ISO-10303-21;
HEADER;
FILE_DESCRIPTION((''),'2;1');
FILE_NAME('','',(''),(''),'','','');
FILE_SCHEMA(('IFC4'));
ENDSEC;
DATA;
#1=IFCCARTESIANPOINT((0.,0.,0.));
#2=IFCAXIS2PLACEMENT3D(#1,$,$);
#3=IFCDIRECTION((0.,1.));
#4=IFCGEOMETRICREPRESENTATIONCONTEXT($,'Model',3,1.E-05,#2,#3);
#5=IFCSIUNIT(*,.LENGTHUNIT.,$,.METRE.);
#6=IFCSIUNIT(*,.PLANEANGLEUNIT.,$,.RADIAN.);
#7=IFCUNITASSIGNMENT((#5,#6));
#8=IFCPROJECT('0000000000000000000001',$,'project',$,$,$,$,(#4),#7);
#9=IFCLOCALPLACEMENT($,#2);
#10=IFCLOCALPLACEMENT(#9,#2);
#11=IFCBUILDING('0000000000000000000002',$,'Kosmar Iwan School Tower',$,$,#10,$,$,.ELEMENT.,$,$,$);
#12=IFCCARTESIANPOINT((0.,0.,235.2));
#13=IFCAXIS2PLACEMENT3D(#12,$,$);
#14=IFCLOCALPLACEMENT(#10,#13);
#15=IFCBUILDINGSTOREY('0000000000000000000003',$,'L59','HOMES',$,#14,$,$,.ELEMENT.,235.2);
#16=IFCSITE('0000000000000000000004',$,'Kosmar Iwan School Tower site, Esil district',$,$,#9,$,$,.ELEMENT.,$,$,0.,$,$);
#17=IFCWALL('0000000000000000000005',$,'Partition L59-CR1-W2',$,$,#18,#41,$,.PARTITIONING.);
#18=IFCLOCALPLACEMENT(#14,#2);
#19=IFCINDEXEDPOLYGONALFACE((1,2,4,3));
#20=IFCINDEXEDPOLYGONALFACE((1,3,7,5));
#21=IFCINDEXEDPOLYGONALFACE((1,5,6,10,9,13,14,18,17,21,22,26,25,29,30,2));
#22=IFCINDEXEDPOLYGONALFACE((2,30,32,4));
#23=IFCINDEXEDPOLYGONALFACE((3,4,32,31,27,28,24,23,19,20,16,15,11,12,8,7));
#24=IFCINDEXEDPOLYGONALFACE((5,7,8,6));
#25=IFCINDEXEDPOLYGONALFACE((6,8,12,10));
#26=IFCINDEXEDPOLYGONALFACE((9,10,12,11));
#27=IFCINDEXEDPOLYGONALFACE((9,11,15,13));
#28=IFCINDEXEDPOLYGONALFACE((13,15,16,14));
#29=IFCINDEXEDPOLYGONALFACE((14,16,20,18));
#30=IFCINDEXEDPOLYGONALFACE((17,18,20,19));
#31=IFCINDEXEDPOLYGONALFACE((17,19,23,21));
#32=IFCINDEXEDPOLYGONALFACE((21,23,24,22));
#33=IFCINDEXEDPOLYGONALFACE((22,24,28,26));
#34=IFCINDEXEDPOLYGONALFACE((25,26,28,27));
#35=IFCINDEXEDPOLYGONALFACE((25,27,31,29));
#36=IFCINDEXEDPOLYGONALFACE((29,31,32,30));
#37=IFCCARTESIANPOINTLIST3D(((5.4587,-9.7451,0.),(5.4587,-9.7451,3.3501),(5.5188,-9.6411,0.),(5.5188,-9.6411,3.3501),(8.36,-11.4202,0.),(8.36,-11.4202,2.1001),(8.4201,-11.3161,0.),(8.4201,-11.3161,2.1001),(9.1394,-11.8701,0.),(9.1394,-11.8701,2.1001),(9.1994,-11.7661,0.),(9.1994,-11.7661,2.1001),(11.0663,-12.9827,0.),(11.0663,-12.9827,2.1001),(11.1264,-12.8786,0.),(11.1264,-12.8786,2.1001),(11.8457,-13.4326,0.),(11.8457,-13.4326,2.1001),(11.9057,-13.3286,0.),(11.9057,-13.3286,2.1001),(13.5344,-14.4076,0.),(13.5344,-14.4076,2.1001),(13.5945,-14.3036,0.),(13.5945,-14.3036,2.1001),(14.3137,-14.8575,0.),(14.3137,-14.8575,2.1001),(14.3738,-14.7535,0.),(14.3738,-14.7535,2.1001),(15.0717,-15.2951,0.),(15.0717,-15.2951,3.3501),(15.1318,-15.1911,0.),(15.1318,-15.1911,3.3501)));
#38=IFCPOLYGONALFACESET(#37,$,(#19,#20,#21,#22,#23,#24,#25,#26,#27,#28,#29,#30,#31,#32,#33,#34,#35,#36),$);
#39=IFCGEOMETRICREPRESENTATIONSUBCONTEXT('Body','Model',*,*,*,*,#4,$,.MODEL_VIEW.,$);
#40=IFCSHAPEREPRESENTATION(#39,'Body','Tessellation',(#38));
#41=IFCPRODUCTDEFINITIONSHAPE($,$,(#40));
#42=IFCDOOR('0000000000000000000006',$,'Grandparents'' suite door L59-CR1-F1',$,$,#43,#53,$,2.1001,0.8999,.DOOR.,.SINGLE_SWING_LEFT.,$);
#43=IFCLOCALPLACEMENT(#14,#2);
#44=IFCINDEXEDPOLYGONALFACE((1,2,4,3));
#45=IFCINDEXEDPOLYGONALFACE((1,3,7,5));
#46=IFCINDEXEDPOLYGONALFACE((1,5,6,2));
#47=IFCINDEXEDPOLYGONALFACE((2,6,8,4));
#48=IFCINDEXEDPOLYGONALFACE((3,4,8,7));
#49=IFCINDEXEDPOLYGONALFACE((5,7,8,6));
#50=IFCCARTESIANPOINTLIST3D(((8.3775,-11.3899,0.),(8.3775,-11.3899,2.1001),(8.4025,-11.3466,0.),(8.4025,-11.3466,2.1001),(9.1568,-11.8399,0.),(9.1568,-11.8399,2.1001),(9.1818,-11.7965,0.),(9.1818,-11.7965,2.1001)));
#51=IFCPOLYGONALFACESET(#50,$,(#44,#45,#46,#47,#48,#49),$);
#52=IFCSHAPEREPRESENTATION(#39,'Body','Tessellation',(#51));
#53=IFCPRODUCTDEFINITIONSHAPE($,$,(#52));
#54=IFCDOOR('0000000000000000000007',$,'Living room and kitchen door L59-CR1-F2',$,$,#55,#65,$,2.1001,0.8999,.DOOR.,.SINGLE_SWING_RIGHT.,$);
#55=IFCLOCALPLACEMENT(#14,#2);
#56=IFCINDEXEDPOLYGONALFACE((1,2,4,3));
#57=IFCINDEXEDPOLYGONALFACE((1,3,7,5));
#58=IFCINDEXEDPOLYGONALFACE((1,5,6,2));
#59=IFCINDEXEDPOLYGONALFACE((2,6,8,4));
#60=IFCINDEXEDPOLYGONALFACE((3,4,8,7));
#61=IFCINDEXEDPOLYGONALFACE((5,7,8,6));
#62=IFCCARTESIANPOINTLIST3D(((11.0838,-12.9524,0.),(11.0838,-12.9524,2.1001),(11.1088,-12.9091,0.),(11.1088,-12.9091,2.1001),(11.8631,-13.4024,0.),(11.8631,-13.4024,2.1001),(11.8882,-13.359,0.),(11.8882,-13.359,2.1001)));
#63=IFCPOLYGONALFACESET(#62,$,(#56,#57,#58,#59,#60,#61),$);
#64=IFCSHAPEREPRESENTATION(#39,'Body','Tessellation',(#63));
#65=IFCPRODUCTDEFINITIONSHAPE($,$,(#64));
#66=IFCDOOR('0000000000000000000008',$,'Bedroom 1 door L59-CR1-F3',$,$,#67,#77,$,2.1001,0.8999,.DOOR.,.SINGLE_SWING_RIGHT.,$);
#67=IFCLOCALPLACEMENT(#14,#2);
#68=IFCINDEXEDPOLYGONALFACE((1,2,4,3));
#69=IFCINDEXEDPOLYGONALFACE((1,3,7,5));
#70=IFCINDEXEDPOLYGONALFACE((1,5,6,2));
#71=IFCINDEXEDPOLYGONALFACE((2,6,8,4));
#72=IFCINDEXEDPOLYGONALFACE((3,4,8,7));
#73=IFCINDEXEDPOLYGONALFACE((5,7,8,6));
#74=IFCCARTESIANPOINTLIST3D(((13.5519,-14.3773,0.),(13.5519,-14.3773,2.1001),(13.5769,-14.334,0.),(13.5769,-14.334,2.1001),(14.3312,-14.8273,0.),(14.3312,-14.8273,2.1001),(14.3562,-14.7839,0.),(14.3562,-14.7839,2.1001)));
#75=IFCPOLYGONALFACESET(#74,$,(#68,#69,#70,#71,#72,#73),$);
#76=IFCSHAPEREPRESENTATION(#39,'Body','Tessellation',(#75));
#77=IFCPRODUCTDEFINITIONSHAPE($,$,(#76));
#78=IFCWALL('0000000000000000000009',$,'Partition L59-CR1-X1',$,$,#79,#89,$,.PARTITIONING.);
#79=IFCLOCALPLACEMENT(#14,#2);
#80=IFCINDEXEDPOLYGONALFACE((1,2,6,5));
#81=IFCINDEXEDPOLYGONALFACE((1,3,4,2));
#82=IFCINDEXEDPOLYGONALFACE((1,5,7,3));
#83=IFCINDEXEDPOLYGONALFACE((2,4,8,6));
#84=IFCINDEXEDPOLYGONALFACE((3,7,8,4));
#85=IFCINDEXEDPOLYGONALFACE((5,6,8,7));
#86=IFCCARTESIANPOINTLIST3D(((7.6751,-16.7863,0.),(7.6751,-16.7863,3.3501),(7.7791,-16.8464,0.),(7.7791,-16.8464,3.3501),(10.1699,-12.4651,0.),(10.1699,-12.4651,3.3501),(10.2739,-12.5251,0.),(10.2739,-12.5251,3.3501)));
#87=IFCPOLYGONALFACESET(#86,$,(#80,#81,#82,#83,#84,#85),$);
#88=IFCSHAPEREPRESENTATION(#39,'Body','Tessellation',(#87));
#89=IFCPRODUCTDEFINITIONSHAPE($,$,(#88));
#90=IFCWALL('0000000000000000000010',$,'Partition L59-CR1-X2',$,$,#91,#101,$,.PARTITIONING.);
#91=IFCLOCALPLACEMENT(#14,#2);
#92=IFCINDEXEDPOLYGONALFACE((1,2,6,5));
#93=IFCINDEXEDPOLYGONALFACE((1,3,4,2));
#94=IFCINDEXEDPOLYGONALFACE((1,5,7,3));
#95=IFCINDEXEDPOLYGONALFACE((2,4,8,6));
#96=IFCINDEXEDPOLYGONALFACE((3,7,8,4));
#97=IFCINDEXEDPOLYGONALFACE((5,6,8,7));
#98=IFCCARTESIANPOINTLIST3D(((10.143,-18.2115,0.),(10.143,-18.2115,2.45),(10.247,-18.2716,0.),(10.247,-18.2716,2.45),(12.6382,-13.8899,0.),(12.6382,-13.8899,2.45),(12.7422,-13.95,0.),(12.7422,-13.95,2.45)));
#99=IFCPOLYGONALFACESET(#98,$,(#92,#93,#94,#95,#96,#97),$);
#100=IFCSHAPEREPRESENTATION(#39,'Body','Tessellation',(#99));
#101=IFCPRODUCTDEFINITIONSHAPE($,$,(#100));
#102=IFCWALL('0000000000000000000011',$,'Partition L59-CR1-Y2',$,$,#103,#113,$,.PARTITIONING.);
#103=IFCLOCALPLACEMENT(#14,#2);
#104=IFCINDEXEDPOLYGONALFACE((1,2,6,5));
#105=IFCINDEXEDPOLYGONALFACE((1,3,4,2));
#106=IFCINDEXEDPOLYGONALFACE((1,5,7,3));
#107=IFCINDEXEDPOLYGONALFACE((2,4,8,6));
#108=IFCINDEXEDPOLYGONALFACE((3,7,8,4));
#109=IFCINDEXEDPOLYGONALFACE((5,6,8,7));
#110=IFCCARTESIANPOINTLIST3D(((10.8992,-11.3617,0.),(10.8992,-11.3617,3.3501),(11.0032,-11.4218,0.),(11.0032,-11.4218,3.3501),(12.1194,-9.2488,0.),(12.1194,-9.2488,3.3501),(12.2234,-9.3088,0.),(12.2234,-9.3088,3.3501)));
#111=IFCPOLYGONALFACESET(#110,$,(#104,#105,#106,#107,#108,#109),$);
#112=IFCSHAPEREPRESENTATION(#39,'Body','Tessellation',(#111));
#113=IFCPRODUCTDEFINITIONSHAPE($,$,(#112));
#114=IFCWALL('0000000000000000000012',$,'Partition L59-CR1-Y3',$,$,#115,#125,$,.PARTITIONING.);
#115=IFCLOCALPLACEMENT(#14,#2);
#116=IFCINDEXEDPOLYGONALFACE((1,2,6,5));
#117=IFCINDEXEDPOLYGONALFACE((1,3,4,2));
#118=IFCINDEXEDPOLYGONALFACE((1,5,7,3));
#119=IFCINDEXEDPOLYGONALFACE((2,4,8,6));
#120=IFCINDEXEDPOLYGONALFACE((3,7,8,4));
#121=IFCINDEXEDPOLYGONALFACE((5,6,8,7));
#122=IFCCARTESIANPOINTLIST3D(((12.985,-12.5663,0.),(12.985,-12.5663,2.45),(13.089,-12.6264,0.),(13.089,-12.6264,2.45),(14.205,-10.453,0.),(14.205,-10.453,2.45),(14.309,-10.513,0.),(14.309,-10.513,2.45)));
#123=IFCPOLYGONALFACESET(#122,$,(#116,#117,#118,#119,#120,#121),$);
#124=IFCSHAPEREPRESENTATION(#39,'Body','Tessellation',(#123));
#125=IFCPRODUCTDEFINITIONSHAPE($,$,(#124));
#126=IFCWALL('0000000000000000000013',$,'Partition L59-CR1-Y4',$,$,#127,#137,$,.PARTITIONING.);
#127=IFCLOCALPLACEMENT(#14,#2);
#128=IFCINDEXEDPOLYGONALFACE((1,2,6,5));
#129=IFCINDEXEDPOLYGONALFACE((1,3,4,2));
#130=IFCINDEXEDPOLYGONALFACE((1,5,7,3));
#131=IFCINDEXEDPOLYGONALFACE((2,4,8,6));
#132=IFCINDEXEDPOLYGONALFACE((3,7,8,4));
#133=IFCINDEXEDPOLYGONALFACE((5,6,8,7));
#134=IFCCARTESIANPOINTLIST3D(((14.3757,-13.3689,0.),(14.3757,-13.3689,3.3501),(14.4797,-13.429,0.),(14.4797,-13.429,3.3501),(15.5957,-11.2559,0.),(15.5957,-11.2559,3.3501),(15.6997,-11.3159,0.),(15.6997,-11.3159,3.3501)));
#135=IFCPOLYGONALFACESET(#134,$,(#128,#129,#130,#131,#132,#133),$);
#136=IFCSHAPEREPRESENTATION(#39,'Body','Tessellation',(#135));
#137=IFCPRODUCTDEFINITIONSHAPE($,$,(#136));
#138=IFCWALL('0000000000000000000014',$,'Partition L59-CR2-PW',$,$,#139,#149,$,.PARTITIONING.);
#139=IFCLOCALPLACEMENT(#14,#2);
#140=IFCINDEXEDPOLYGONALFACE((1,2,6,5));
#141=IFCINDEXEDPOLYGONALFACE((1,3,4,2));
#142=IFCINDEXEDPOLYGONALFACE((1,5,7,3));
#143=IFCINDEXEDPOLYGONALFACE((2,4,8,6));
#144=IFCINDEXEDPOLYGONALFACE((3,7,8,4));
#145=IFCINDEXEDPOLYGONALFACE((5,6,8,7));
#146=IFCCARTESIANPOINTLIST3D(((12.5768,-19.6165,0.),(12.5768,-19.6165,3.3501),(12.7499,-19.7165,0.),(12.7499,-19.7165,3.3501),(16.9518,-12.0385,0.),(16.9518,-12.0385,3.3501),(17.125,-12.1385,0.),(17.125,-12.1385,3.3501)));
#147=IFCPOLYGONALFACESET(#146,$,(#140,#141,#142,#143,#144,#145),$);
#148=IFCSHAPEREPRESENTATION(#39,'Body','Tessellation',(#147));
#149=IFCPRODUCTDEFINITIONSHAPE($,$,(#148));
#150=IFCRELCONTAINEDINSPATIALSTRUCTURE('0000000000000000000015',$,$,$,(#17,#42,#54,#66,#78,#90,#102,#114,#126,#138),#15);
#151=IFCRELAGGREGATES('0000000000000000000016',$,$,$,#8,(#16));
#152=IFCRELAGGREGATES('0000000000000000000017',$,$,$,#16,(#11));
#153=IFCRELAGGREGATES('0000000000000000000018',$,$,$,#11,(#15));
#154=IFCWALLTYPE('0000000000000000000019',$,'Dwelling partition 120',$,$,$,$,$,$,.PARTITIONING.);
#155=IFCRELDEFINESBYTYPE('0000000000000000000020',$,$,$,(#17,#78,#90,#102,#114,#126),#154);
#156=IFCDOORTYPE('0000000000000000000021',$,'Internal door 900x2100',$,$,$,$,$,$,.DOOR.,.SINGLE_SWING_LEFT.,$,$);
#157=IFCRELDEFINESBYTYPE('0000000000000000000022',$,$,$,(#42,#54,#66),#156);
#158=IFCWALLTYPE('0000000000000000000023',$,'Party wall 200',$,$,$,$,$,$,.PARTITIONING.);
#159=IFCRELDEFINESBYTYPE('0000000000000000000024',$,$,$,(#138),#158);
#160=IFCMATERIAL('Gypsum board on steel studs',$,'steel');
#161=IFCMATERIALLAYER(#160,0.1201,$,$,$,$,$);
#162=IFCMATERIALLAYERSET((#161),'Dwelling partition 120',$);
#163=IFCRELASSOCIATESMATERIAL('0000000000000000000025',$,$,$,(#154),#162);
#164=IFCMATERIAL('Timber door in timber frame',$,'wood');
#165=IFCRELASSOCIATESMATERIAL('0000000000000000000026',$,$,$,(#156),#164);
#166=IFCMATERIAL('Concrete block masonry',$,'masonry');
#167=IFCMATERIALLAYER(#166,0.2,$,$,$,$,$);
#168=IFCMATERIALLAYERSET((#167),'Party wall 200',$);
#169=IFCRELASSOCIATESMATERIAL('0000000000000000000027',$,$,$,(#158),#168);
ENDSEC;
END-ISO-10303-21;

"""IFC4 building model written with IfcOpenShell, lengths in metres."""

from ifc_helpers import new_model, si_unit, direction, frame, frame_2d, origin, place, context, subcontext, project, spatial, rectangle, extrude, material, layer, layer_set, type_object, element, fill, save


model = new_model("IFC4")

# Units and contexts
model_context = context("Model", 3, precision=1e-05, world=origin(), true_north=direction((0.0, 1.0)))
body_context = subcontext(model_context, "Body", "Model", "MODEL_VIEW")
ifc_project = project(units=[si_unit("LENGTHUNIT", "METRE"), si_unit("PLANEANGLEUNIT", "RADIAN")], contexts=[model_context])

# Site, building, storey
site_placement = place(None, origin())
site = spatial("IfcSite", under=ifc_project, at=site_placement, Name="Kosmar Iwan School Tower site, Esil district", CompositionType="ELEMENT", RefElevation=0.0)
building_placement = place(site_placement, origin())
building = spatial("IfcBuilding", under=site, at=building_placement, Name="Kosmar Iwan School Tower", CompositionType="ELEMENT")
storey_placement = place(building_placement, frame((0.0, 0.0, 235.2)))
storey = spatial("IfcBuildingStorey", under=building, at=storey_placement, Name="L59", Description="HOMES", CompositionType="ELEMENT", Elevation=235.2)

# Wall, openings, doors
ifc_material_1 = material(Name="Gypsum board on steel studs", Category="steel")
ifc_layer_1 = layer(ifc_material_1, 0.1201)
ifc_layer_set_1 = layer_set([ifc_layer_1], Name="Dwelling partition 120")
wall_type_1 = type_object("IfcWallType", Name="Dwelling partition 120", PredefinedType="PARTITIONING", material=ifc_layer_set_1)
ifc_material_2 = material(Name="Timber door in timber frame", Category="wood")
door_type_1 = type_object("IfcDoorType", Name="Internal door 900x2100", OperationType="SINGLE_SWING_LEFT", PredefinedType="DOOR", material=ifc_material_2)
wall_1_placement = place(storey_placement, frame((5.4888, -9.6931, 0.0), z_axis=(0.0, 0.0, 1.0), x_axis=(0.866027, -0.499997, 0.0)))
wall_1 = element("IfcWall", 1, at=wall_1_placement, inside=storey, type_object=wall_type_1, Name="Partition L59-CR1-W2", PredefinedType="PARTITIONING", context=body_context, shape_type="SweptSolid", body=[
    extrude(rectangle(XDim=11.1001, YDim=0.1201, at=frame_2d((5.55, 0.0))), origin(), (0.0, 0.0, 1.0), 3.3501),
])
opening_1_placement = place(wall_1_placement, frame((3.3501, 0.0, 0.0)))
opening_1 = element("IfcOpeningElement", 2, at=opening_1_placement, cuts=wall_1, PredefinedType="OPENING", context=body_context, shape_type="SweptSolid", body=[
    extrude(rectangle(XDim=0.8999, YDim=2.1001, at=frame_2d((0.45, 1.05))), frame((0.0, 0.072, 0.0), z_axis=(0.0, -1.0, 0.0), x_axis=(1.0, 0.0, 0.0)), (0.0, 0.0, 1.0), 0.144),
])
opening_2_placement = place(wall_1_placement, frame((6.4751, 0.0, 0.0)))
opening_2 = element("IfcOpeningElement", 3, at=opening_2_placement, cuts=wall_1, PredefinedType="OPENING", context=body_context, shape_type="SweptSolid", body=[
    extrude(rectangle(XDim=0.8999, YDim=2.1001, at=frame_2d((0.45, 1.05))), frame((0.0, 0.072, 0.0), z_axis=(0.0, -1.0, 0.0), x_axis=(1.0, 0.0, 0.0)), (0.0, 0.0, 1.0), 0.144),
])
opening_3_placement = place(wall_1_placement, frame((9.325, 0.0, 0.0)))
opening_3 = element("IfcOpeningElement", 4, at=opening_3_placement, cuts=wall_1, PredefinedType="OPENING", context=body_context, shape_type="SweptSolid", body=[
    extrude(rectangle(XDim=0.8999, YDim=2.1001, at=frame_2d((0.45, 1.05))), frame((0.0, 0.072, 0.0), z_axis=(0.0, -1.0, 0.0), x_axis=(1.0, 0.0, 0.0)), (0.0, 0.0, 1.0), 0.144),
])
door_1_placement = place(opening_1_placement, origin())
door_1 = element("IfcDoor", 5, at=door_1_placement, inside=storey, type_object=door_type_1, Name="Grandparents' suite door L59-CR1-F1", OperationType="SINGLE_SWING_LEFT", OverallHeight=2.1001, OverallWidth=0.8999, PredefinedType="DOOR", context=body_context, shape_type="SweptSolid", body=[
    extrude(rectangle(XDim=0.8999, YDim=2.1001, at=frame_2d((0.45, 1.05))), frame((0.0, 0.0249, 0.0), z_axis=(0.0, -1.0, 0.0), x_axis=(1.0, 0.0, 0.0)), (0.0, 0.0, 1.0), 0.05),
])
fill(opening_1, door_1)
door_2_placement = place(opening_2_placement, origin())
door_2 = element("IfcDoor", 6, at=door_2_placement, inside=storey, type_object=door_type_1, Name="Living room and kitchen door L59-CR1-F2", OperationType="SINGLE_SWING_RIGHT", OverallHeight=2.1001, OverallWidth=0.8999, PredefinedType="DOOR", context=body_context, shape_type="SweptSolid", body=[
    extrude(rectangle(XDim=0.8999, YDim=2.1001, at=frame_2d((0.45, 1.05))), frame((0.0, 0.0249, 0.0), z_axis=(0.0, -1.0, 0.0), x_axis=(1.0, 0.0, 0.0)), (0.0, 0.0, 1.0), 0.05),
])
fill(opening_2, door_2)
door_3_placement = place(opening_3_placement, origin())
door_3 = element("IfcDoor", 7, at=door_3_placement, inside=storey, type_object=door_type_1, Name="Bedroom 1 door L59-CR1-F3", OperationType="SINGLE_SWING_RIGHT", OverallHeight=2.1001, OverallWidth=0.8999, PredefinedType="DOOR", context=body_context, shape_type="SweptSolid", body=[
    extrude(rectangle(XDim=0.8999, YDim=2.1001, at=frame_2d((0.45, 1.05))), frame((0.0, 0.0249, 0.0), z_axis=(0.0, -1.0, 0.0), x_axis=(1.0, 0.0, 0.0)), (0.0, 0.0, 1.0), 0.05),
])
fill(opening_3, door_3)

# Walls
wall_2_placement = place(storey_placement, frame((10.2219, -12.4951, 0.0), z_axis=(0.0, 0.0, 1.0), x_axis=(-0.499996, -0.866028, 0.0)))
element("IfcWall", 8, at=wall_2_placement, inside=storey, type_object=wall_type_1, Name="Partition L59-CR1-X1", PredefinedType="PARTITIONING", context=body_context, shape_type="SweptSolid", body=[
    extrude(rectangle(XDim=4.9897, YDim=0.1201, at=frame_2d((2.4949, 0.0))), origin(), (0.0, 0.0, 1.0), 3.3501),
])
wall_3_placement = place(storey_placement, frame((12.6902, -13.9199, 0.0), z_axis=(0.0, 0.0, 1.0), x_axis=(-0.500012, -0.866019, 0.0)))
element("IfcWall", 9, at=wall_3_placement, inside=storey, type_object=wall_type_1, Name="Partition L59-CR1-X2", PredefinedType="PARTITIONING", context=body_context, shape_type="SweptSolid", body=[
    extrude(rectangle(XDim=4.9902, YDim=0.1201, at=frame_2d((2.4951, 0.0))), origin(), (0.0, 0.0, 1.0), 2.45),
])
wall_4_placement = place(storey_placement, frame((12.1714, -9.2788, 0.0), z_axis=(0.0, 0.0, 1.0), x_axis=(-0.500078, -0.865981, 0.0)))
element("IfcWall", 10, at=wall_4_placement, inside=storey, type_object=wall_type_1, Name="Partition L59-CR1-Y2", PredefinedType="PARTITIONING", context=body_context, shape_type="SweptSolid", body=[
    extrude(rectangle(XDim=2.4399, YDim=0.1201, at=frame_2d((1.22, 0.0))), origin(), (0.0, 0.0, 1.0), 3.3501),
])
wall_5_placement = place(storey_placement, frame((14.2571, -10.4829, 0.0), z_axis=(0.0, 0.0, 1.0), x_axis=(-0.499959, -0.866049, 0.0)))
element("IfcWall", 11, at=wall_5_placement, inside=storey, type_object=wall_type_1, Name="Partition L59-CR1-Y3", PredefinedType="PARTITIONING", context=body_context, shape_type="SweptSolid", body=[
    extrude(rectangle(XDim=2.4402, YDim=0.1201, at=frame_2d((1.2202, 0.0))), origin(), (0.0, 0.0, 1.0), 2.45),
])
wall_6_placement = place(storey_placement, frame((15.6477, -11.2859, 0.0), z_axis=(0.0, 0.0, 1.0), x_axis=(-0.500003, -0.866024, 0.0)))
element("IfcWall", 12, at=wall_6_placement, inside=storey, type_object=wall_type_1, Name="Partition L59-CR1-Y4", PredefinedType="PARTITIONING", context=body_context, shape_type="SweptSolid", body=[
    extrude(rectangle(XDim=2.4399, YDim=0.1201, at=frame_2d((1.22, 0.0))), origin(), (0.0, 0.0, 1.0), 3.3501),
])
ifc_material_3 = material(Name="Concrete block masonry", Category="masonry")
ifc_layer_2 = layer(ifc_material_3, 0.2)
ifc_layer_set_2 = layer_set([ifc_layer_2], Name="Party wall 200")
wall_type_2 = type_object("IfcWallType", Name="Party wall 200", PredefinedType="PARTITIONING", material=ifc_layer_set_2)
wall_7_placement = place(storey_placement, frame((17.0383, -12.0886, 0.0), z_axis=(0.0, 0.0, 1.0), x_axis=(-0.499992, -0.86603, 0.0)))
element("IfcWall", 13, at=wall_7_placement, inside=storey, type_object=wall_type_2, Name="Partition L59-CR2-PW", PredefinedType="PARTITIONING", context=body_context, shape_type="SweptSolid", body=[
    extrude(rectangle(XDim=8.7502, YDim=0.2, at=frame_2d((4.375, 0.0))), origin(), (0.0, 0.0, 1.0), 3.3501),
])

save(model, "model.ifc")
